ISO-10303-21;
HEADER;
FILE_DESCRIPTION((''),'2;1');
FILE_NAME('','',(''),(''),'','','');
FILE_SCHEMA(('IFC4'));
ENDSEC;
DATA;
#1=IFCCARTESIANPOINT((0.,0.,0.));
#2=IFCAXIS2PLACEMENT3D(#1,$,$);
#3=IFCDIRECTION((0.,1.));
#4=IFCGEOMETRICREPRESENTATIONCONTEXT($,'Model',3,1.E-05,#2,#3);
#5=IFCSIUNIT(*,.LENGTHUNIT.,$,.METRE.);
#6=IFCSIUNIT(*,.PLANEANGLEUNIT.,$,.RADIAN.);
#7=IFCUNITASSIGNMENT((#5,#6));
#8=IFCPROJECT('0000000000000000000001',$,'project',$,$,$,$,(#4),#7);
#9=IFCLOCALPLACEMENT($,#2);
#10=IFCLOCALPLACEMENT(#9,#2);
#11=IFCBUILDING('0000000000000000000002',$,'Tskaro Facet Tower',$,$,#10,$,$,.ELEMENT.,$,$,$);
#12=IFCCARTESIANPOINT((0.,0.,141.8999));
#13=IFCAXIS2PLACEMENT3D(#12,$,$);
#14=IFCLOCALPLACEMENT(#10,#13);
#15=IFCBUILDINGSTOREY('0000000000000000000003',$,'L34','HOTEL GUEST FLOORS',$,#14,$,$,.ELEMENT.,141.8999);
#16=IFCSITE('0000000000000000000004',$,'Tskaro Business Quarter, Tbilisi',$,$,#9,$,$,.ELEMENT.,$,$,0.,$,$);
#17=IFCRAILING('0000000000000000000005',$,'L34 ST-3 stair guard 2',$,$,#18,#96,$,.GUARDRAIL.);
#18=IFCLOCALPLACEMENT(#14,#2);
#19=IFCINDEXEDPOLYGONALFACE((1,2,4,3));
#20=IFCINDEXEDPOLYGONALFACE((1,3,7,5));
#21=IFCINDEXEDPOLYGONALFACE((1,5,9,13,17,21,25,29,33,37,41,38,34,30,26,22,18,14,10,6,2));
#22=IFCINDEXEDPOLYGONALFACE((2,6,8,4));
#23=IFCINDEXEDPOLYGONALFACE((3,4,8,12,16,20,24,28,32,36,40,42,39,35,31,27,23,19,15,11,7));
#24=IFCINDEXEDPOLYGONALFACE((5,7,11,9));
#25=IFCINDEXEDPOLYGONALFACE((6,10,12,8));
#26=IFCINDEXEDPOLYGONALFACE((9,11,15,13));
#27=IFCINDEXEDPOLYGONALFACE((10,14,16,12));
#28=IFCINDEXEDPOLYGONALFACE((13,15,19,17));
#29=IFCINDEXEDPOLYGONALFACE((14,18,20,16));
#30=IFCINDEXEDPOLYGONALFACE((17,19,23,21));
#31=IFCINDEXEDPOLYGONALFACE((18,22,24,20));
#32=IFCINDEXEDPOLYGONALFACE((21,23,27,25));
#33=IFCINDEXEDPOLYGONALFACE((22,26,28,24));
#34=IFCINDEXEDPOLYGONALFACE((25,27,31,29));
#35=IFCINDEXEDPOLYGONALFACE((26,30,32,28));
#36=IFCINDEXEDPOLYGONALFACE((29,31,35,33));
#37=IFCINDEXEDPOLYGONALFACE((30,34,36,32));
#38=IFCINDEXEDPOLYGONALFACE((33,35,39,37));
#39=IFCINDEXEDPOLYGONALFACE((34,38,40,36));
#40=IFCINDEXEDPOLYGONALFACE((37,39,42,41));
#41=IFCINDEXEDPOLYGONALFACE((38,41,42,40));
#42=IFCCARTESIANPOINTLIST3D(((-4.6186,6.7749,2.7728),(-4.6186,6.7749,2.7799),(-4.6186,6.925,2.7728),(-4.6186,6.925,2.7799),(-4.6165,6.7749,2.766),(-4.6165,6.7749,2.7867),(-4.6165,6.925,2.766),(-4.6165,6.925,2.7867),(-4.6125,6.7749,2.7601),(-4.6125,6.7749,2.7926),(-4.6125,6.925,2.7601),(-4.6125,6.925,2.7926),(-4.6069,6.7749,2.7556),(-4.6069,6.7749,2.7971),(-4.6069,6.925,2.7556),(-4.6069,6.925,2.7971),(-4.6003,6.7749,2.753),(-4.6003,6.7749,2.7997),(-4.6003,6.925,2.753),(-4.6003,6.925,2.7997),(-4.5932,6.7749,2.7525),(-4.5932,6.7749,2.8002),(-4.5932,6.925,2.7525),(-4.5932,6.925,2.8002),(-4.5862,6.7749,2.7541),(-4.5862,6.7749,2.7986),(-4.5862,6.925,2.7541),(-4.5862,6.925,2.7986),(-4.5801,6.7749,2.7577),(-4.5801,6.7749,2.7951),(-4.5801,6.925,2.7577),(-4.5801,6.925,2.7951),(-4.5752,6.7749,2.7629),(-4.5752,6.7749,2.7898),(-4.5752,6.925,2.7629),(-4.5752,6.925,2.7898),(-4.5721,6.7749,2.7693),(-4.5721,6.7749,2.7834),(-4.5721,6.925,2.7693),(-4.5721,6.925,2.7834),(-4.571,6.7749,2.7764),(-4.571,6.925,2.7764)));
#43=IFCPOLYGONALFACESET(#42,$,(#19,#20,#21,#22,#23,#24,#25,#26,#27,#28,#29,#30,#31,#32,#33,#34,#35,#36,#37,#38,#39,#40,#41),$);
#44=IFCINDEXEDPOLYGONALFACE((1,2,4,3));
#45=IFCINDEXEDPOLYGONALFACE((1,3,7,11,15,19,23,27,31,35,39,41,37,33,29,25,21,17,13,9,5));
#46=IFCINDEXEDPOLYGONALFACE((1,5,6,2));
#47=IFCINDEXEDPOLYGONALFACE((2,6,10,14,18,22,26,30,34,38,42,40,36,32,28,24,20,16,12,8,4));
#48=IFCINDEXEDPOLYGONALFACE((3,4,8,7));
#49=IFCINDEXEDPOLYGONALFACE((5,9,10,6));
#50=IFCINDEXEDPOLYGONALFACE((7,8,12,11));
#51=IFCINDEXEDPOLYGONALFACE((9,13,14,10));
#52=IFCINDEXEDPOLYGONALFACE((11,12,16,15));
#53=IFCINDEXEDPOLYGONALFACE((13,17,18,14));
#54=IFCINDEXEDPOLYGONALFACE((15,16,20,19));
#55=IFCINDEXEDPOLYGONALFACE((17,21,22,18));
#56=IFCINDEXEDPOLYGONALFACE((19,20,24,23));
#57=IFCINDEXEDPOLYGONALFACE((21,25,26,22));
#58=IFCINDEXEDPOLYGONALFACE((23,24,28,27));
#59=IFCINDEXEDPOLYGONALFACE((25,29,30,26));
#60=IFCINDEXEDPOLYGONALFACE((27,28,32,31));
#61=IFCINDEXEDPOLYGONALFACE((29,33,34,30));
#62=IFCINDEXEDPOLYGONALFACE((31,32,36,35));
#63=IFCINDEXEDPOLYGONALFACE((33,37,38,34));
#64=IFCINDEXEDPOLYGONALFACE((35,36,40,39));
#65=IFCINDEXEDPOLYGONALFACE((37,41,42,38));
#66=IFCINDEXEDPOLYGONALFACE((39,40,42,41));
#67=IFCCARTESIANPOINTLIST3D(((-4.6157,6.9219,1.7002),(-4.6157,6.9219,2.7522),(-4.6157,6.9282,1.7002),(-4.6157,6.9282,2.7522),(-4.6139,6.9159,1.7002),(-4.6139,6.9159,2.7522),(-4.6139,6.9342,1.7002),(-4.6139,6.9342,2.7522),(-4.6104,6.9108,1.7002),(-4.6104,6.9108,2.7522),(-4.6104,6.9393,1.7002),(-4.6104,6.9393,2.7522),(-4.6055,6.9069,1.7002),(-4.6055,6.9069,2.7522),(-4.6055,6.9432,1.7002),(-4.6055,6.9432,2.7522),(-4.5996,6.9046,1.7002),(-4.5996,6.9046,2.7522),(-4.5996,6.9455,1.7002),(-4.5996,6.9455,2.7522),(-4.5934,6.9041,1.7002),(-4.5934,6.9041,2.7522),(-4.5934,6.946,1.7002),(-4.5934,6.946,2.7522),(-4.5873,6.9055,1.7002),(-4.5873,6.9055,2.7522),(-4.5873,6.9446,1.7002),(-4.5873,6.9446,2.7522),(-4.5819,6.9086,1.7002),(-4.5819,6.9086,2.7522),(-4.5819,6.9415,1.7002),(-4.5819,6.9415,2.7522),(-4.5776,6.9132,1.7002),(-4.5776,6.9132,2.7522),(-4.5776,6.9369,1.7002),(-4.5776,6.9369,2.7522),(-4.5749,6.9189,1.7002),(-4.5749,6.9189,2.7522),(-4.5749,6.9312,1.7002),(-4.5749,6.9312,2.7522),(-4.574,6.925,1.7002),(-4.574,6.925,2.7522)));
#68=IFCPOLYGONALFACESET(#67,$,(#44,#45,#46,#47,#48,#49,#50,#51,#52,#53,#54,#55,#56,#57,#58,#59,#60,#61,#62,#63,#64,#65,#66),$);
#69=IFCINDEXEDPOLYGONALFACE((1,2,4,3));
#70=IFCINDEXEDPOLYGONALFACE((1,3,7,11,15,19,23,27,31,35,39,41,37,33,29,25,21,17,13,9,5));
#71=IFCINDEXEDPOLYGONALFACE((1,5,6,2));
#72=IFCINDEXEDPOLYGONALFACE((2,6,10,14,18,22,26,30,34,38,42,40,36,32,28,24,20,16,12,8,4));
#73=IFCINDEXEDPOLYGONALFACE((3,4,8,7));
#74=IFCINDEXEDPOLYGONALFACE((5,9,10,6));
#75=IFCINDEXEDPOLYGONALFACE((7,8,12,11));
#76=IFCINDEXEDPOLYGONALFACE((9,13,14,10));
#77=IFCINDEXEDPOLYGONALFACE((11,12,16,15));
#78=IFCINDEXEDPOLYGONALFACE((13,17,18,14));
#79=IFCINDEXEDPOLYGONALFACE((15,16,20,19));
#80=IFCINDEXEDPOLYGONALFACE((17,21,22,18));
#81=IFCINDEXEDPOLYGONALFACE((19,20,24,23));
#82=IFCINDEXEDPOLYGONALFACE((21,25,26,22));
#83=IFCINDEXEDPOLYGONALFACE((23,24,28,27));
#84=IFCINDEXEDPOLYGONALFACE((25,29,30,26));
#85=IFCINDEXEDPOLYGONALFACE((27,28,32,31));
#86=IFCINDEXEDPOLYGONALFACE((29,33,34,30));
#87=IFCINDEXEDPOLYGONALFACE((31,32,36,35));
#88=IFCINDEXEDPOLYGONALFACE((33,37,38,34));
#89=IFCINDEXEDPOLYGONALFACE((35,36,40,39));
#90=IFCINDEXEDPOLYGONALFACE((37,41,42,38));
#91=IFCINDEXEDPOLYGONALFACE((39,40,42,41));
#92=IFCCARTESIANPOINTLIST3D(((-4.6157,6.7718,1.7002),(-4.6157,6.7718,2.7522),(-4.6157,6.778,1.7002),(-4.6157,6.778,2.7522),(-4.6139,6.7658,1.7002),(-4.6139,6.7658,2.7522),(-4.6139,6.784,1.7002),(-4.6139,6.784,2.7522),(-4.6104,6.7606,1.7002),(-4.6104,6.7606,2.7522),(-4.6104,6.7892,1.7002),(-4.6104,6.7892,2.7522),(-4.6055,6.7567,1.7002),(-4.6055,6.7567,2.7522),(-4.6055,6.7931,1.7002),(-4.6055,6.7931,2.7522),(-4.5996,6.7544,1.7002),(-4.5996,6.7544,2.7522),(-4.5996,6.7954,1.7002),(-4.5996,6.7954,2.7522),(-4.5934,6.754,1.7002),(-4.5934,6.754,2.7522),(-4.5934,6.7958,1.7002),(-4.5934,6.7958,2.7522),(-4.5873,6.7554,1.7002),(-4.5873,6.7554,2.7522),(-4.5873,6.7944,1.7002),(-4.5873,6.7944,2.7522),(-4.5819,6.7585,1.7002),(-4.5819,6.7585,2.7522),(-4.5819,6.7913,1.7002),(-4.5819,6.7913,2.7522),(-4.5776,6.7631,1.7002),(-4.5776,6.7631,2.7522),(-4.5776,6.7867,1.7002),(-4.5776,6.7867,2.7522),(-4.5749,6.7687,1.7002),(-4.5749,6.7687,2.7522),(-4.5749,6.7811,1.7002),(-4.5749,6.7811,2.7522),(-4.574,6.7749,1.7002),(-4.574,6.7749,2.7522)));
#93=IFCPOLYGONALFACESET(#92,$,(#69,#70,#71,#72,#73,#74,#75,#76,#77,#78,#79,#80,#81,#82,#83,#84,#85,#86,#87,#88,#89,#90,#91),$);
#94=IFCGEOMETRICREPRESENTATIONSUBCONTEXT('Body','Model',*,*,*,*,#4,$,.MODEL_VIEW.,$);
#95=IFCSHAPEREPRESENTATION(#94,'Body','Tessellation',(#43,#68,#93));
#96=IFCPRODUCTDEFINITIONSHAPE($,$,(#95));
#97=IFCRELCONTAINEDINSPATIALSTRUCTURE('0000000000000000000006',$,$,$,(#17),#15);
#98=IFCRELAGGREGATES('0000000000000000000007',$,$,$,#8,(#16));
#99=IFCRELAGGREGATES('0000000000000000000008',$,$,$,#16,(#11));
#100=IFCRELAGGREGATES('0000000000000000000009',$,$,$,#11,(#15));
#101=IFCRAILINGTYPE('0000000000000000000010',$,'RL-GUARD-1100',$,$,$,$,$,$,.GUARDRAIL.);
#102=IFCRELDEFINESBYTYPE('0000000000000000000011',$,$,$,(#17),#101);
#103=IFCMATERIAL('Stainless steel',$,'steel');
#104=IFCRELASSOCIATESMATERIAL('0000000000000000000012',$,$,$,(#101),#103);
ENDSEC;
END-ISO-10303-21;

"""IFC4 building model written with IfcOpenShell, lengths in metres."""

from ifc_helpers import new_model, si_unit, direction, frame, origin, origin_2d, place, context, subcontext, project, spatial, circle, extrude, material, type_object, element, save


model = new_model("IFC4")

# Units and contexts
model_context = context("Model", 3, precision=1e-05, world=origin(), true_north=direction((0.0, 1.0)))
body_context = subcontext(model_context, "Body", "Model", "MODEL_VIEW")
ifc_project = project(units=[si_unit("LENGTHUNIT", "METRE"), si_unit("PLANEANGLEUNIT", "RADIAN")], contexts=[model_context])

# Site, building, storey
site_placement = place(None, origin())
site = spatial("IfcSite", under=ifc_project, at=site_placement, Name="Tskaro Business Quarter, Tbilisi", CompositionType="ELEMENT", RefElevation=0.0)
building_placement = place(site_placement, origin())
building = spatial("IfcBuilding", under=site, at=building_placement, Name="Tskaro Facet Tower", CompositionType="ELEMENT")
storey_placement = place(building_placement, frame((0.0, 0.0, 141.8999)))
storey = spatial("IfcBuildingStorey", under=building, at=storey_placement, Name="L34", Description="HOTEL GUEST FLOORS", CompositionType="ELEMENT", Elevation=141.8999)

# Railing
ifc_material_1 = material(Name="Stainless steel", Category="steel")
railing_type_1 = type_object("IfcRailingType", Name="RL-GUARD-1100", PredefinedType="GUARDRAIL", material=ifc_material_1)
railing_1_placement = place(storey_placement, frame((-4.595, 6.925, 1.7002)))
element("IfcRailing", 1, at=railing_1_placement, inside=storey, type_object=railing_type_1, Name="L34 ST-3 stair guard 2", PredefinedType="GUARDRAIL", context=body_context, shape_type="SweptSolid", body=[
    extrude(circle(Radius=0.0239, at=origin_2d()), frame((0.0, 0.0, 1.0762), z_axis=(0.0, -1.0, 0.0), x_axis=(1.0, 0.0, 0.0)), (0.0, 0.0, 1.0), 0.1501),
    extrude(circle(Radius=0.021, at=origin_2d()), origin(), (0.0, 0.0, 1.0), 1.052),
    extrude(circle(Radius=0.021, at=origin_2d()), frame((0.0, -0.1501, 0.0)), (0.0, 0.0, 1.0), 1.052),
])

save(model, "model.ifc")
